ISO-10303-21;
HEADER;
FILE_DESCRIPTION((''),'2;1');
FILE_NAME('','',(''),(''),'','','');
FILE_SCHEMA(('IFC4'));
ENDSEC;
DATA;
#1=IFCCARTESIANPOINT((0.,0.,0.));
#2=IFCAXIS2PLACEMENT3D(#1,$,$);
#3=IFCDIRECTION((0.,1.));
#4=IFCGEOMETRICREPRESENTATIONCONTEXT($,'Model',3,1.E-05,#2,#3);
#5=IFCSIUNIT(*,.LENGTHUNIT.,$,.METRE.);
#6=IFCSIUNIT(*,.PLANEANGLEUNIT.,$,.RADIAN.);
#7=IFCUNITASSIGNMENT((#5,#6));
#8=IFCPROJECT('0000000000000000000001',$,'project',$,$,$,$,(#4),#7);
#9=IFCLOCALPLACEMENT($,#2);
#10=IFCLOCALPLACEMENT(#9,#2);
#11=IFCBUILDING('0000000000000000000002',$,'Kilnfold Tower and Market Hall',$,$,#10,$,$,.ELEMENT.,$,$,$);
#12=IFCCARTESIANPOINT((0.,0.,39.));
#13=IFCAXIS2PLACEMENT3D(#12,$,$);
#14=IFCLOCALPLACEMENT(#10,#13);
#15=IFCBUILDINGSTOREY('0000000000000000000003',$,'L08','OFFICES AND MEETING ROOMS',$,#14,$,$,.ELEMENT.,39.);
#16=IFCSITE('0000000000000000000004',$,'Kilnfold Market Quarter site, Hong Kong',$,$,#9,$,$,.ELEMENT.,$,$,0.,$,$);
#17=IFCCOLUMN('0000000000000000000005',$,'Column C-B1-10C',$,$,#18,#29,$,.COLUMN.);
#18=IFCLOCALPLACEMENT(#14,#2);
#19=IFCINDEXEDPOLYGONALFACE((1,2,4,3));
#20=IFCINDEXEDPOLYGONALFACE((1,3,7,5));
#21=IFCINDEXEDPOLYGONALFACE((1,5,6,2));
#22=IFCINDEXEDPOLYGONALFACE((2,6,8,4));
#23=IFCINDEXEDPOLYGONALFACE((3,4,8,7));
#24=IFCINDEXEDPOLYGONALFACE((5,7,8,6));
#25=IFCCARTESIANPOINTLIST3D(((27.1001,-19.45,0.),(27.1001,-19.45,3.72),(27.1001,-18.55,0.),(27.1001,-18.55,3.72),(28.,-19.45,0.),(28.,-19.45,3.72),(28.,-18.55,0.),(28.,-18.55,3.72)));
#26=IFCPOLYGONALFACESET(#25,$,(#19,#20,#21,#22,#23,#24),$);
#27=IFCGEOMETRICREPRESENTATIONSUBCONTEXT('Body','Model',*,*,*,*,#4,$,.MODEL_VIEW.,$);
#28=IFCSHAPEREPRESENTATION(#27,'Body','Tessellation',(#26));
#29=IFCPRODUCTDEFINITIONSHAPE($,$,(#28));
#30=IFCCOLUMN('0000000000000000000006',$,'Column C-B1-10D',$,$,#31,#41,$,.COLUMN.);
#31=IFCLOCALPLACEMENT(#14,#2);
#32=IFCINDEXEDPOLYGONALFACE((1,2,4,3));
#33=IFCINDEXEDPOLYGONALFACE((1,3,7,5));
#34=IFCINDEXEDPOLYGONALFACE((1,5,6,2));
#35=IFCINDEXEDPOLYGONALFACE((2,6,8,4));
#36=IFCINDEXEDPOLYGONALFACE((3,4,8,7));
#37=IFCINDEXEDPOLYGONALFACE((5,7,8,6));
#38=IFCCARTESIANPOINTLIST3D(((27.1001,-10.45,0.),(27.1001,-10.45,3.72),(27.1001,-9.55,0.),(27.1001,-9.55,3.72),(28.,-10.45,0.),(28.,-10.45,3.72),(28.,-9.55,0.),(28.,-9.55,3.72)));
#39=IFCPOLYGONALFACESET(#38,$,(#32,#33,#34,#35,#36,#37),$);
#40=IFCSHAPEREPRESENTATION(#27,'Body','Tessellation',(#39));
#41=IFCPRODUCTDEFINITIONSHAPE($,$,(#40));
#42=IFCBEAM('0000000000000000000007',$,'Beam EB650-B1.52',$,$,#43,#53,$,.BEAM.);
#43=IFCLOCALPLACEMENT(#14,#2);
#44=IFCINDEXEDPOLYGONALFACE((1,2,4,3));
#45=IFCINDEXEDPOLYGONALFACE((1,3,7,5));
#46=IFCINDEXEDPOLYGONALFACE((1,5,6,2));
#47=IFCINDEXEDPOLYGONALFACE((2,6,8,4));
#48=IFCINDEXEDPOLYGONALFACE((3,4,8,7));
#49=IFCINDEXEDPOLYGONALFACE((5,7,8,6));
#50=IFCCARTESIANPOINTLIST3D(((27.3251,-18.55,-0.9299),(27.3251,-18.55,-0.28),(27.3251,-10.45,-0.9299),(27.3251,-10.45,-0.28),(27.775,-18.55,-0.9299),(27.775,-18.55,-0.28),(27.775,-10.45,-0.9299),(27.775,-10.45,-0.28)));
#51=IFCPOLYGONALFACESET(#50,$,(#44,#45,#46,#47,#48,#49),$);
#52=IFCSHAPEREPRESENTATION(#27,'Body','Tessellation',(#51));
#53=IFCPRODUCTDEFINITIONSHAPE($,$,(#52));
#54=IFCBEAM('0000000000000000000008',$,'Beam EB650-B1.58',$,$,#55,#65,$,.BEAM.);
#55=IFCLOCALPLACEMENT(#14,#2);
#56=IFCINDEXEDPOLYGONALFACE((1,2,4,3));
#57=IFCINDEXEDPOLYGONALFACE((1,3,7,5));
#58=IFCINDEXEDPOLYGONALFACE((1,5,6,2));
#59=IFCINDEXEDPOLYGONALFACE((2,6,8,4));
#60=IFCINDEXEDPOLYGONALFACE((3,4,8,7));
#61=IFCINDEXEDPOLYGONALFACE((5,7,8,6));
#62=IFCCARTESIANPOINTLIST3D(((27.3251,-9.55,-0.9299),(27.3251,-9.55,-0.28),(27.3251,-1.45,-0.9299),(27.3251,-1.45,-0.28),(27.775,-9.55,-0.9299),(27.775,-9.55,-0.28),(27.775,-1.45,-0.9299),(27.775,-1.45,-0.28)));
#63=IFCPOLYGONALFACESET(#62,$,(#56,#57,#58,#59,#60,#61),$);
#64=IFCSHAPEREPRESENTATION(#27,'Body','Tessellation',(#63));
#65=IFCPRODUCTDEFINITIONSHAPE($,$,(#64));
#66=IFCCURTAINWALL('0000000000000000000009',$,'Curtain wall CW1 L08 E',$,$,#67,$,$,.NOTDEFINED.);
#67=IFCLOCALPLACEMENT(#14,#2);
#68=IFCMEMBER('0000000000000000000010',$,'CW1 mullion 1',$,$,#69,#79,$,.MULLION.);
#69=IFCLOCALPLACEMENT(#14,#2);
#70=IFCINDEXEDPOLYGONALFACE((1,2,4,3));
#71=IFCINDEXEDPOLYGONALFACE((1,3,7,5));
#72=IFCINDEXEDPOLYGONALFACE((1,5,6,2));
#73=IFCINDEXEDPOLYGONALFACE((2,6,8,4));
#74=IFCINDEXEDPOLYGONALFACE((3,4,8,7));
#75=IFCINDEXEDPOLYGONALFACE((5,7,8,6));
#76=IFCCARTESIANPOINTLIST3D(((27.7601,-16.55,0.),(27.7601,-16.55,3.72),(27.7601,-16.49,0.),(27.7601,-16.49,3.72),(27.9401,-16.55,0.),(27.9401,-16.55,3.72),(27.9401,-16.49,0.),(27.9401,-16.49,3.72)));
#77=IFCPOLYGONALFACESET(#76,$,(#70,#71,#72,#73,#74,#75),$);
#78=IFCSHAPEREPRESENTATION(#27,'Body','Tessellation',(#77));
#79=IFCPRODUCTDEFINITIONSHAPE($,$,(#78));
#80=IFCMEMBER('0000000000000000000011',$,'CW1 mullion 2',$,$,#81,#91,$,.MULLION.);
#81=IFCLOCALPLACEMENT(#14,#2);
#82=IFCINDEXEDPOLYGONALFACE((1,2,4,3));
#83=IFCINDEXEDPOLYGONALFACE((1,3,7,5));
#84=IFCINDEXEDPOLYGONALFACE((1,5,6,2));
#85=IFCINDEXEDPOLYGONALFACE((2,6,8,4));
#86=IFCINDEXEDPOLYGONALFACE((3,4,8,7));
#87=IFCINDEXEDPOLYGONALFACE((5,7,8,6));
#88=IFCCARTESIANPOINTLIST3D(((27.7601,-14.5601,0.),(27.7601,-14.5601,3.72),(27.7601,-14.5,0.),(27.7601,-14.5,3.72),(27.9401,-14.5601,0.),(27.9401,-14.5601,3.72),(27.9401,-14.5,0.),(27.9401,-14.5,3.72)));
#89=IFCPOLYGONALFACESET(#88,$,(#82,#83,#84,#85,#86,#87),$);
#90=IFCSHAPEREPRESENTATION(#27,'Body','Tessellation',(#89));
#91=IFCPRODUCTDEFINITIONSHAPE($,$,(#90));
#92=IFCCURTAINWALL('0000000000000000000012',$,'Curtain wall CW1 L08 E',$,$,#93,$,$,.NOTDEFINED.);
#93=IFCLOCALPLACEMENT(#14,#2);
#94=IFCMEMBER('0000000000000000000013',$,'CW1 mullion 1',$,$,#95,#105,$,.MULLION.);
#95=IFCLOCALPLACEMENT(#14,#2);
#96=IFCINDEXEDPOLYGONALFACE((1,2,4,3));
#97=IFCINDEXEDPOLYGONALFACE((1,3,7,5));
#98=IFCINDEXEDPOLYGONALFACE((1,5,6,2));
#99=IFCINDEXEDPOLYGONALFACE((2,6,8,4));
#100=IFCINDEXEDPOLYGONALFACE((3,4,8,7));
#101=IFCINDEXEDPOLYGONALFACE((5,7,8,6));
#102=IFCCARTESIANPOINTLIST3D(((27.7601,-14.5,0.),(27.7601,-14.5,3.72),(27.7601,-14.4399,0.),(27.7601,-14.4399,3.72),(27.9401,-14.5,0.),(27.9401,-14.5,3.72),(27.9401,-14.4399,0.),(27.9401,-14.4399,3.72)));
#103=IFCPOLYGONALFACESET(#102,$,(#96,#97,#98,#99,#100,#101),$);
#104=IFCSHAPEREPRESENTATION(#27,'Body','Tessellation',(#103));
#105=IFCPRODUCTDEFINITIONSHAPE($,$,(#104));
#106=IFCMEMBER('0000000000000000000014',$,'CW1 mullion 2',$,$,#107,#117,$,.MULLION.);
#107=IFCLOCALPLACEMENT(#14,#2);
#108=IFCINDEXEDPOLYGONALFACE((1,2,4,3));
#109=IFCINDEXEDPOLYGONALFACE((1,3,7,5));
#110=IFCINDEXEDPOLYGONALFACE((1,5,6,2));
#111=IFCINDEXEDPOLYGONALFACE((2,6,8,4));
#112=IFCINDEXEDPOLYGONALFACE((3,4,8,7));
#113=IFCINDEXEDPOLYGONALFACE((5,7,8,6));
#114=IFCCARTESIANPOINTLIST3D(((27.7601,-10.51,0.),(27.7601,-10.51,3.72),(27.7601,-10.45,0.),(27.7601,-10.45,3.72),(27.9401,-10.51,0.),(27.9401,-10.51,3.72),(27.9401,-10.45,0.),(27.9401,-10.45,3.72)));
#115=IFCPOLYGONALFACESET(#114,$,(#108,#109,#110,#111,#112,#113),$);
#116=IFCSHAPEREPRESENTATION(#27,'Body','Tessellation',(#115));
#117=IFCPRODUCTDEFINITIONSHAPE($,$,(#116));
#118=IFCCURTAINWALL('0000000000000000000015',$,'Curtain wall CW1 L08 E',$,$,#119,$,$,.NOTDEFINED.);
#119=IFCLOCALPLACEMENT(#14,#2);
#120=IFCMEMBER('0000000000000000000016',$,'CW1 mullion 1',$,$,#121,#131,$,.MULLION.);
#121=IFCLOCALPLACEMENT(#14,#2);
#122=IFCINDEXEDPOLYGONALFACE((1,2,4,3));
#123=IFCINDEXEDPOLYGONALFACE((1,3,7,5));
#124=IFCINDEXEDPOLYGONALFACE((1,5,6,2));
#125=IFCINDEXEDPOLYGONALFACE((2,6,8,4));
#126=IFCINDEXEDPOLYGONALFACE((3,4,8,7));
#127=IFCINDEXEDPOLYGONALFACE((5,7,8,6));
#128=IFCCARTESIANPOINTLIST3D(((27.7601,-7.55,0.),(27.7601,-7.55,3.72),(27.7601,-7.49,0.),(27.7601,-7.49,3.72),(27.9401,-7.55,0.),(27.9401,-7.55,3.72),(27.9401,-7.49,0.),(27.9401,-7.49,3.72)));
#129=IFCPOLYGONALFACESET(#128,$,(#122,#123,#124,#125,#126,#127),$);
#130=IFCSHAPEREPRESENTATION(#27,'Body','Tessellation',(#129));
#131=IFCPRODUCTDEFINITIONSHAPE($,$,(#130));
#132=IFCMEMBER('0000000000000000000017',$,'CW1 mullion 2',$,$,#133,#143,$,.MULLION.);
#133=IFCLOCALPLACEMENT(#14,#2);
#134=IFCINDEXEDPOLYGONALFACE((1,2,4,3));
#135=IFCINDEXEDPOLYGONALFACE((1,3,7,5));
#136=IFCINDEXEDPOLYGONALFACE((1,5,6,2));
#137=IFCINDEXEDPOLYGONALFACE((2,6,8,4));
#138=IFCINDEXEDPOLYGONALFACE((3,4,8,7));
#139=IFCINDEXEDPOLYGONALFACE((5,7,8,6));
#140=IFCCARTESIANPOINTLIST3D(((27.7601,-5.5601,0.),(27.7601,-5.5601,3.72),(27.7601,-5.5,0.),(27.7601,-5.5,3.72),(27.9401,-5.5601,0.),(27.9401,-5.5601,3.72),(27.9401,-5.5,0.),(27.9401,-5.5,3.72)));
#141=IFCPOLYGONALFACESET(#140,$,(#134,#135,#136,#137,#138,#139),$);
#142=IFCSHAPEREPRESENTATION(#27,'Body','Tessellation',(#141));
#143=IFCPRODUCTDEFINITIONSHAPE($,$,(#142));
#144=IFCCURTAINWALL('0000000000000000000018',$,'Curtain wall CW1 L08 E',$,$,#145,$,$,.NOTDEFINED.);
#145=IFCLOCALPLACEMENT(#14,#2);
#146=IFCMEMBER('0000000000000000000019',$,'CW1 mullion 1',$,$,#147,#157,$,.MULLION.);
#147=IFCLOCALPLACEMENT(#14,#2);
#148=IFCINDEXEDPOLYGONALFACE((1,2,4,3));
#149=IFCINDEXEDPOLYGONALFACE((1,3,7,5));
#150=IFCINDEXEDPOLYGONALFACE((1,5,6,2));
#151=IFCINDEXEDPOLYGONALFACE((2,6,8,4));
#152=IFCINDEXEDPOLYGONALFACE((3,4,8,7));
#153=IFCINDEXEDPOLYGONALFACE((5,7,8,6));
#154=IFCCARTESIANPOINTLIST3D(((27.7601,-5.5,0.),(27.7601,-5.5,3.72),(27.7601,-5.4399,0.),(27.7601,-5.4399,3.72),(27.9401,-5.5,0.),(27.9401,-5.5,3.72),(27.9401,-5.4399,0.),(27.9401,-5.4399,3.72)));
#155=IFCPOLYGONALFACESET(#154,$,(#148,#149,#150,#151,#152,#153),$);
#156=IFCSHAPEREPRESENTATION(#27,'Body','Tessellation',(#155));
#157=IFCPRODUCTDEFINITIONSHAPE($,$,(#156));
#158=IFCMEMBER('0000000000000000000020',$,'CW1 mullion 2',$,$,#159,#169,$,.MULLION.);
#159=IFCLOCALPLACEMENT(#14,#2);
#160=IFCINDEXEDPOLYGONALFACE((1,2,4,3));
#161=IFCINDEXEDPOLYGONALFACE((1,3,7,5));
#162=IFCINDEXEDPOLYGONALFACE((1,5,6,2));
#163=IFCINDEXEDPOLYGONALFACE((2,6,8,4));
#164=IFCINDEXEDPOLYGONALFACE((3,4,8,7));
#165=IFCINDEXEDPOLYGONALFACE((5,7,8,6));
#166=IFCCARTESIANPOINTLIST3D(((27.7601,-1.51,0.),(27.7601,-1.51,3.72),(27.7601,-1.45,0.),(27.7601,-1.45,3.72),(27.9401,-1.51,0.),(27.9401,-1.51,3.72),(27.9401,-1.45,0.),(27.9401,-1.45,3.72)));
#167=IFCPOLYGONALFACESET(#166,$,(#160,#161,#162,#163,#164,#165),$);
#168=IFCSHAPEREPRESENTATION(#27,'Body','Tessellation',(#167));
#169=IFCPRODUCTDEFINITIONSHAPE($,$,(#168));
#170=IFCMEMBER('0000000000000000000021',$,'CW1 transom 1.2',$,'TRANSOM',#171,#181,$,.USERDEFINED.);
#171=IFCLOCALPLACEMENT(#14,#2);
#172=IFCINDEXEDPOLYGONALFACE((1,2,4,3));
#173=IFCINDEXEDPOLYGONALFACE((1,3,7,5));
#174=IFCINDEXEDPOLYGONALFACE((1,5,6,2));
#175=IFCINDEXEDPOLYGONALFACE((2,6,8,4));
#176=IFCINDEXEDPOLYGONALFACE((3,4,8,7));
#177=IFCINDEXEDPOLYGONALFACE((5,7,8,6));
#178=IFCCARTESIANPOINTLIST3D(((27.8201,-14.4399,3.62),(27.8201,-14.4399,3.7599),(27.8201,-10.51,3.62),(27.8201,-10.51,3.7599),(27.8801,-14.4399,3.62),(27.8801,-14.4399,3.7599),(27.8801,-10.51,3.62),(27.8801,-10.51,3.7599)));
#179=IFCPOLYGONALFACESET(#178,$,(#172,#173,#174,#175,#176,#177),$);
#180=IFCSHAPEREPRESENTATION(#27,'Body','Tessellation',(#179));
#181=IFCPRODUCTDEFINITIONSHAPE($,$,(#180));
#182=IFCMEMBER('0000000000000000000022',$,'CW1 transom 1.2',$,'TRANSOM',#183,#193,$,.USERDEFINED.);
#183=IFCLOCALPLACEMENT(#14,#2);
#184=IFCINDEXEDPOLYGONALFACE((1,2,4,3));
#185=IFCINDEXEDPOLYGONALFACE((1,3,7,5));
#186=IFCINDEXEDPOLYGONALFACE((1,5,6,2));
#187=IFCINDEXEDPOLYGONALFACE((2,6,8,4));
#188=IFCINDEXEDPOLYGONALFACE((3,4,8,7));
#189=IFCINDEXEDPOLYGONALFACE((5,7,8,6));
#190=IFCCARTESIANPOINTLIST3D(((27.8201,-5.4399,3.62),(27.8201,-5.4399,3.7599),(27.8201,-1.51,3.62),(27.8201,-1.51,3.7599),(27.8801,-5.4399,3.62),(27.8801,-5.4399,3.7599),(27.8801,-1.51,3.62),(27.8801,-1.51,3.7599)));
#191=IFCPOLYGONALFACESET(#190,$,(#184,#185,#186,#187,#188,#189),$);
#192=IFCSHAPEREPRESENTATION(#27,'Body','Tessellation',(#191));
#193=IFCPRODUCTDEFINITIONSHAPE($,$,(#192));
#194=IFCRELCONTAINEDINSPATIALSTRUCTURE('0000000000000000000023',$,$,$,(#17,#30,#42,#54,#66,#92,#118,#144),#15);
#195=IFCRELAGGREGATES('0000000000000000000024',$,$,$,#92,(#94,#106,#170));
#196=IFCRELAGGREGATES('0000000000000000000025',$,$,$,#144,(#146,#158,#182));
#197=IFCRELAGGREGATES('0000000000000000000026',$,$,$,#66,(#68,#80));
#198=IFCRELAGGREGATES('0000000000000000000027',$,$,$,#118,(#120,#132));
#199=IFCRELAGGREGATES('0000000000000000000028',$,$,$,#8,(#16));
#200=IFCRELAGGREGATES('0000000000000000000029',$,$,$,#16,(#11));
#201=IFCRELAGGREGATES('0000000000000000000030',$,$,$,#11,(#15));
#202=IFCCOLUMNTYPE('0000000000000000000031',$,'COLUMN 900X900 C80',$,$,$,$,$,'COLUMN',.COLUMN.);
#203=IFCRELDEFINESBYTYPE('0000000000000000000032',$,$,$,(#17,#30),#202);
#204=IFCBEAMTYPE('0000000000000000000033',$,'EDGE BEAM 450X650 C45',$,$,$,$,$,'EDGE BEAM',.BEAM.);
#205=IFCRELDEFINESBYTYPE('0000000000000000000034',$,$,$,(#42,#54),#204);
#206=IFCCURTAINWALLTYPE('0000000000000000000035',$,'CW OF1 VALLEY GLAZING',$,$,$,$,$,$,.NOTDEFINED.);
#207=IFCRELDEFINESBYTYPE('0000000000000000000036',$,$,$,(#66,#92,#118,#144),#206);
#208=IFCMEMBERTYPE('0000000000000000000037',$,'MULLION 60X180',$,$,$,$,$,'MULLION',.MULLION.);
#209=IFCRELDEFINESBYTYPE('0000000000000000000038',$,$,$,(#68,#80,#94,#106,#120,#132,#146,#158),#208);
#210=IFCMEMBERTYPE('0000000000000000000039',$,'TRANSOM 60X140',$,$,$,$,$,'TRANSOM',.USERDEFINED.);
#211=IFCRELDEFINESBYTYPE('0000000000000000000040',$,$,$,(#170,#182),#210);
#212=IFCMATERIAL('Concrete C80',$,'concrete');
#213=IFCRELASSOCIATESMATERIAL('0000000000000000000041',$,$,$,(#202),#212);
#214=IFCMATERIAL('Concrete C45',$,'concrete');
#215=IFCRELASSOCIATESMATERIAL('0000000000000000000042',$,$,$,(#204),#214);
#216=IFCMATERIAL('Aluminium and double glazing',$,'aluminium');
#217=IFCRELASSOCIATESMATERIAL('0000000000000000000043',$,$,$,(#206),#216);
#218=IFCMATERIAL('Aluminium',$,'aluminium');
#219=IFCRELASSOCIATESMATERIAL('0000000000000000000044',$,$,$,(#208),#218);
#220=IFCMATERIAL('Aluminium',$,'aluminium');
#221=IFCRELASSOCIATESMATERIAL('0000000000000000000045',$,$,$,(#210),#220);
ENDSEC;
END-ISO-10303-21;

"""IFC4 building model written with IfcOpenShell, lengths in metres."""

from ifc_helpers import new_model, si_unit, direction, frame, origin, origin_2d, place, context, subcontext, project, spatial, rectangle, extrude, source, transform, mapped, material, material_profile, profile_set, type_object, element, aggregate, save


model = new_model("IFC4")

# Units and contexts
model_context = context("Model", 3, precision=1e-05, world=origin(), true_north=direction((0.0, 1.0)))
body_context = subcontext(model_context, "Body", "Model", "MODEL_VIEW")
ifc_project = project(units=[si_unit("LENGTHUNIT", "METRE"), si_unit("PLANEANGLEUNIT", "RADIAN")], contexts=[model_context])

# Site, building, storey
site_placement = place(None, origin())
site = spatial("IfcSite", under=ifc_project, at=site_placement, Name="Kilnfold Market Quarter site, Hong Kong", CompositionType="ELEMENT", RefElevation=0.0)
building_placement = place(site_placement, origin())
building = spatial("IfcBuilding", under=site, at=building_placement, Name="Kilnfold Tower and Market Hall", CompositionType="ELEMENT")
storey_placement = place(building_placement, frame((0.0, 0.0, 39.0)))
storey = spatial("IfcBuildingStorey", under=building, at=storey_placement, Name="L08", Description="OFFICES AND MEETING ROOMS", CompositionType="ELEMENT", Elevation=39.0)

# Columns
ifc_material_1 = material(Name="Concrete C80", Category="concrete")
ifc_material_profile_1 = material_profile(ifc_material_1, rectangle(XDim=0.8999, YDim=0.8999, at=origin_2d()), Name="RC 900x900")
ifc_profile_set_1 = profile_set([ifc_material_profile_1], Name="Concrete C80")
column_type = type_object("IfcColumnType", Name="COLUMN 900X900 C80", ElementType="COLUMN", PredefinedType="COLUMN", material=ifc_profile_set_1)
shared_shape_1 = source(origin(), body_context, "Body", "SweptSolid", [
    extrude(rectangle(XDim=0.8999, YDim=0.8999, at=origin_2d()), origin(), (0.0, 0.0, 1.0), 3.72),
])
for number, where, z_axis, x_axis, name in (
    (1, (27.55, -19.0, 0.0), (0.0, 0.0, 1.0), (1.0, 0.0, 0.0), "Column C-B1-10C"),
    (2, (27.55, -10.0, 0.0), (0.0, 0.0, 1.0), (1.0, 0.0, 0.0), "Column C-B1-10D"),
):
    element("IfcColumn", number, at=place(storey_placement, frame(where, z_axis=z_axis, x_axis=x_axis)), inside=storey, type_object=column_type, Name=name, PredefinedType="COLUMN", context=body_context, shape_type="MappedRepresentation", body=[
        mapped(shared_shape_1, transform((0.0, 0.0, 0.0))),
    ])

# Beams
ifc_material_2 = material(Name="Concrete C45", Category="concrete")
ifc_material_profile_2 = material_profile(ifc_material_2, rectangle(XDim=0.45, YDim=0.6499, at=origin_2d()), Name="RC 450x650")
ifc_profile_set_2 = profile_set([ifc_material_profile_2], Name="Concrete C45")
beam_type = type_object("IfcBeamType", Name="EDGE BEAM 450X650 C45", ElementType="EDGE BEAM", PredefinedType="BEAM", material=ifc_profile_set_2)
shared_shape_2 = source(origin(), body_context, "Body", "SweptSolid", [
    extrude(rectangle(XDim=0.45, YDim=0.6499, at=origin_2d()), origin(), (0.0, 0.0, 1.0), 8.1001),
])
for number, where, z_axis, x_axis, name in (
    (3, (27.55, -18.55, -0.605), (0.0, 1.0, 0.0), (-1.0, 0.0, 0.0), "Beam EB650-B1.52"),
    (4, (27.55, -9.55, -0.605), (0.0, 1.0, 0.0), (-1.0, 0.0, 0.0), "Beam EB650-B1.58"),
):
    element("IfcBeam", number, at=place(storey_placement, frame(where, z_axis=z_axis, x_axis=x_axis)), inside=storey, type_object=beam_type, Name=name, PredefinedType="BEAM", context=body_context, shape_type="MappedRepresentation", body=[
        mapped(shared_shape_2, transform((0.0, 0.0, 0.0))),
    ])

# Curtain walls, members
ifc_material_3 = material(Name="Aluminium and double glazing", Category="aluminium")
curtain_wall_type = type_object("IfcCurtainWallType", Name="CW OF1 VALLEY GLAZING", PredefinedType="NOTDEFINED", material=ifc_material_3)
curtain_wall_1_placement = place(storey_placement, origin())
curtain_wall_1 = element("IfcCurtainWall", 5, at=curtain_wall_1_placement, inside=storey, type_object=curtain_wall_type, Name="Curtain wall CW1 L08 E", PredefinedType="NOTDEFINED")
ifc_material_4 = material(Name="Aluminium", Category="aluminium")
ifc_material_profile_3 = material_profile(ifc_material_4, rectangle(XDim=0.0601, YDim=0.1799, at=origin_2d()), Name="MULLION 60x180")
ifc_profile_set_3 = profile_set([ifc_material_profile_3], Name="Aluminium")
member_type_1 = type_object("IfcMemberType", Name="MULLION 60X180", ElementType="MULLION", PredefinedType="MULLION", material=ifc_profile_set_3)
shared_shape_3 = source(origin(), body_context, "Body", "SweptSolid", [
    extrude(rectangle(XDim=0.0601, YDim=0.1799, at=origin_2d()), origin(), (0.0, 0.0, 1.0), 3.72),
])
member_1_placement = place(storey_placement, frame((27.8501, -16.52, 0.0), z_axis=(0.0, 0.0, 1.0), x_axis=(0.0, 1.0, 0.0)))
member_1 = element("IfcMember", 6, at=member_1_placement, type_object=member_type_1, Name="CW1 mullion 1", PredefinedType="MULLION", context=body_context, shape_type="MappedRepresentation", body=[
    mapped(shared_shape_3, transform((0.0, 0.0, 0.0))),
])
member_2_placement = place(storey_placement, frame((27.8501, -14.53, 0.0), z_axis=(0.0, 0.0, 1.0), x_axis=(0.0, 1.0, 0.0)))
member_2 = element("IfcMember", 7, at=member_2_placement, type_object=member_type_1, Name="CW1 mullion 2", PredefinedType="MULLION", context=body_context, shape_type="MappedRepresentation", body=[
    mapped(shared_shape_3, transform((0.0, 0.0, 0.0))),
])
curtain_wall_2_placement = place(storey_placement, origin())
curtain_wall_2 = element("IfcCurtainWall", 8, at=curtain_wall_2_placement, inside=storey, type_object=curtain_wall_type, Name="Curtain wall CW1 L08 E", PredefinedType="NOTDEFINED")
member_3_placement = place(storey_placement, frame((27.8501, -14.47, 0.0), z_axis=(0.0, 0.0, 1.0), x_axis=(0.0, 1.0, 0.0)))
member_3 = element("IfcMember", 9, at=member_3_placement, type_object=member_type_1, Name="CW1 mullion 1", PredefinedType="MULLION", context=body_context, shape_type="MappedRepresentation", body=[
    mapped(shared_shape_3, transform((0.0, 0.0, 0.0))),
])
member_4_placement = place(storey_placement, frame((27.8501, -10.48, 0.0), z_axis=(0.0, 0.0, 1.0), x_axis=(0.0, 1.0, 0.0)))
member_4 = element("IfcMember", 10, at=member_4_placement, type_object=member_type_1, Name="CW1 mullion 2", PredefinedType="MULLION", context=body_context, shape_type="MappedRepresentation", body=[
    mapped(shared_shape_3, transform((0.0, 0.0, 0.0))),
])
curtain_wall_3_placement = place(storey_placement, origin())
curtain_wall_3 = element("IfcCurtainWall", 11, at=curtain_wall_3_placement, inside=storey, type_object=curtain_wall_type, Name="Curtain wall CW1 L08 E", PredefinedType="NOTDEFINED")
member_5_placement = place(storey_placement, frame((27.8501, -7.52, 0.0), z_axis=(0.0, 0.0, 1.0), x_axis=(0.0, 1.0, 0.0)))
member_5 = element("IfcMember", 12, at=member_5_placement, type_object=member_type_1, Name="CW1 mullion 1", PredefinedType="MULLION", context=body_context, shape_type="MappedRepresentation", body=[
    mapped(shared_shape_3, transform((0.0, 0.0, 0.0))),
])
member_6_placement = place(storey_placement, frame((27.8501, -5.53, 0.0), z_axis=(0.0, 0.0, 1.0), x_axis=(0.0, 1.0, 0.0)))
member_6 = element("IfcMember", 13, at=member_6_placement, type_object=member_type_1, Name="CW1 mullion 2", PredefinedType="MULLION", context=body_context, shape_type="MappedRepresentation", body=[
    mapped(shared_shape_3, transform((0.0, 0.0, 0.0))),
])
curtain_wall_4_placement = place(storey_placement, origin())
curtain_wall_4 = element("IfcCurtainWall", 14, at=curtain_wall_4_placement, inside=storey, type_object=curtain_wall_type, Name="Curtain wall CW1 L08 E", PredefinedType="NOTDEFINED")
member_7_placement = place(storey_placement, frame((27.8501, -5.47, 0.0), z_axis=(0.0, 0.0, 1.0), x_axis=(0.0, 1.0, 0.0)))
member_7 = element("IfcMember", 15, at=member_7_placement, type_object=member_type_1, Name="CW1 mullion 1", PredefinedType="MULLION", context=body_context, shape_type="MappedRepresentation", body=[
    mapped(shared_shape_3, transform((0.0, 0.0, 0.0))),
])
member_8_placement = place(storey_placement, frame((27.8501, -1.48, 0.0), z_axis=(0.0, 0.0, 1.0), x_axis=(0.0, 1.0, 0.0)))
member_8 = element("IfcMember", 16, at=member_8_placement, type_object=member_type_1, Name="CW1 mullion 2", PredefinedType="MULLION", context=body_context, shape_type="MappedRepresentation", body=[
    mapped(shared_shape_3, transform((0.0, 0.0, 0.0))),
])

# Members
ifc_material_5 = material(Name="Aluminium", Category="aluminium")
ifc_material_profile_4 = material_profile(ifc_material_5, rectangle(XDim=0.0601, YDim=0.1399, at=origin_2d()), Name="TRANSOM 60x140")
ifc_profile_set_4 = profile_set([ifc_material_profile_4], Name="Aluminium")
member_type_2 = type_object("IfcMemberType", Name="TRANSOM 60X140", ElementType="TRANSOM", PredefinedType="USERDEFINED", material=ifc_profile_set_4)
shared_shape_4 = source(origin(), body_context, "Body", "SweptSolid", [
    extrude(rectangle(XDim=0.0601, YDim=0.1399, at=origin_2d()), origin(), (0.0, 0.0, 1.0), 3.9299),
])
member_9_placement = place(storey_placement, frame((27.8501, -14.4399, 3.6899), z_axis=(0.0, 1.0, 0.0), x_axis=(-1.0, 0.0, 0.0)))
member_9 = element("IfcMember", 17, at=member_9_placement, type_object=member_type_2, Name="CW1 transom 1.2", ObjectType="TRANSOM", PredefinedType="USERDEFINED", context=body_context, shape_type="MappedRepresentation", body=[
    mapped(shared_shape_4, transform((0.0, 0.0, 0.0))),
])
member_10_placement = place(storey_placement, frame((27.8501, -5.4399, 3.6899), z_axis=(0.0, 1.0, 0.0), x_axis=(-1.0, 0.0, 0.0)))
member_10 = element("IfcMember", 18, at=member_10_placement, type_object=member_type_2, Name="CW1 transom 1.2", ObjectType="TRANSOM", PredefinedType="USERDEFINED", context=body_context, shape_type="MappedRepresentation", body=[
    mapped(shared_shape_4, transform((0.0, 0.0, 0.0))),
])

aggregate(curtain_wall_2, [member_3, member_4, member_9])
aggregate(curtain_wall_4, [member_7, member_8, member_10])
aggregate(curtain_wall_1, [member_1, member_2])
aggregate(curtain_wall_3, [member_5, member_6])

save(model, "model.ifc")
